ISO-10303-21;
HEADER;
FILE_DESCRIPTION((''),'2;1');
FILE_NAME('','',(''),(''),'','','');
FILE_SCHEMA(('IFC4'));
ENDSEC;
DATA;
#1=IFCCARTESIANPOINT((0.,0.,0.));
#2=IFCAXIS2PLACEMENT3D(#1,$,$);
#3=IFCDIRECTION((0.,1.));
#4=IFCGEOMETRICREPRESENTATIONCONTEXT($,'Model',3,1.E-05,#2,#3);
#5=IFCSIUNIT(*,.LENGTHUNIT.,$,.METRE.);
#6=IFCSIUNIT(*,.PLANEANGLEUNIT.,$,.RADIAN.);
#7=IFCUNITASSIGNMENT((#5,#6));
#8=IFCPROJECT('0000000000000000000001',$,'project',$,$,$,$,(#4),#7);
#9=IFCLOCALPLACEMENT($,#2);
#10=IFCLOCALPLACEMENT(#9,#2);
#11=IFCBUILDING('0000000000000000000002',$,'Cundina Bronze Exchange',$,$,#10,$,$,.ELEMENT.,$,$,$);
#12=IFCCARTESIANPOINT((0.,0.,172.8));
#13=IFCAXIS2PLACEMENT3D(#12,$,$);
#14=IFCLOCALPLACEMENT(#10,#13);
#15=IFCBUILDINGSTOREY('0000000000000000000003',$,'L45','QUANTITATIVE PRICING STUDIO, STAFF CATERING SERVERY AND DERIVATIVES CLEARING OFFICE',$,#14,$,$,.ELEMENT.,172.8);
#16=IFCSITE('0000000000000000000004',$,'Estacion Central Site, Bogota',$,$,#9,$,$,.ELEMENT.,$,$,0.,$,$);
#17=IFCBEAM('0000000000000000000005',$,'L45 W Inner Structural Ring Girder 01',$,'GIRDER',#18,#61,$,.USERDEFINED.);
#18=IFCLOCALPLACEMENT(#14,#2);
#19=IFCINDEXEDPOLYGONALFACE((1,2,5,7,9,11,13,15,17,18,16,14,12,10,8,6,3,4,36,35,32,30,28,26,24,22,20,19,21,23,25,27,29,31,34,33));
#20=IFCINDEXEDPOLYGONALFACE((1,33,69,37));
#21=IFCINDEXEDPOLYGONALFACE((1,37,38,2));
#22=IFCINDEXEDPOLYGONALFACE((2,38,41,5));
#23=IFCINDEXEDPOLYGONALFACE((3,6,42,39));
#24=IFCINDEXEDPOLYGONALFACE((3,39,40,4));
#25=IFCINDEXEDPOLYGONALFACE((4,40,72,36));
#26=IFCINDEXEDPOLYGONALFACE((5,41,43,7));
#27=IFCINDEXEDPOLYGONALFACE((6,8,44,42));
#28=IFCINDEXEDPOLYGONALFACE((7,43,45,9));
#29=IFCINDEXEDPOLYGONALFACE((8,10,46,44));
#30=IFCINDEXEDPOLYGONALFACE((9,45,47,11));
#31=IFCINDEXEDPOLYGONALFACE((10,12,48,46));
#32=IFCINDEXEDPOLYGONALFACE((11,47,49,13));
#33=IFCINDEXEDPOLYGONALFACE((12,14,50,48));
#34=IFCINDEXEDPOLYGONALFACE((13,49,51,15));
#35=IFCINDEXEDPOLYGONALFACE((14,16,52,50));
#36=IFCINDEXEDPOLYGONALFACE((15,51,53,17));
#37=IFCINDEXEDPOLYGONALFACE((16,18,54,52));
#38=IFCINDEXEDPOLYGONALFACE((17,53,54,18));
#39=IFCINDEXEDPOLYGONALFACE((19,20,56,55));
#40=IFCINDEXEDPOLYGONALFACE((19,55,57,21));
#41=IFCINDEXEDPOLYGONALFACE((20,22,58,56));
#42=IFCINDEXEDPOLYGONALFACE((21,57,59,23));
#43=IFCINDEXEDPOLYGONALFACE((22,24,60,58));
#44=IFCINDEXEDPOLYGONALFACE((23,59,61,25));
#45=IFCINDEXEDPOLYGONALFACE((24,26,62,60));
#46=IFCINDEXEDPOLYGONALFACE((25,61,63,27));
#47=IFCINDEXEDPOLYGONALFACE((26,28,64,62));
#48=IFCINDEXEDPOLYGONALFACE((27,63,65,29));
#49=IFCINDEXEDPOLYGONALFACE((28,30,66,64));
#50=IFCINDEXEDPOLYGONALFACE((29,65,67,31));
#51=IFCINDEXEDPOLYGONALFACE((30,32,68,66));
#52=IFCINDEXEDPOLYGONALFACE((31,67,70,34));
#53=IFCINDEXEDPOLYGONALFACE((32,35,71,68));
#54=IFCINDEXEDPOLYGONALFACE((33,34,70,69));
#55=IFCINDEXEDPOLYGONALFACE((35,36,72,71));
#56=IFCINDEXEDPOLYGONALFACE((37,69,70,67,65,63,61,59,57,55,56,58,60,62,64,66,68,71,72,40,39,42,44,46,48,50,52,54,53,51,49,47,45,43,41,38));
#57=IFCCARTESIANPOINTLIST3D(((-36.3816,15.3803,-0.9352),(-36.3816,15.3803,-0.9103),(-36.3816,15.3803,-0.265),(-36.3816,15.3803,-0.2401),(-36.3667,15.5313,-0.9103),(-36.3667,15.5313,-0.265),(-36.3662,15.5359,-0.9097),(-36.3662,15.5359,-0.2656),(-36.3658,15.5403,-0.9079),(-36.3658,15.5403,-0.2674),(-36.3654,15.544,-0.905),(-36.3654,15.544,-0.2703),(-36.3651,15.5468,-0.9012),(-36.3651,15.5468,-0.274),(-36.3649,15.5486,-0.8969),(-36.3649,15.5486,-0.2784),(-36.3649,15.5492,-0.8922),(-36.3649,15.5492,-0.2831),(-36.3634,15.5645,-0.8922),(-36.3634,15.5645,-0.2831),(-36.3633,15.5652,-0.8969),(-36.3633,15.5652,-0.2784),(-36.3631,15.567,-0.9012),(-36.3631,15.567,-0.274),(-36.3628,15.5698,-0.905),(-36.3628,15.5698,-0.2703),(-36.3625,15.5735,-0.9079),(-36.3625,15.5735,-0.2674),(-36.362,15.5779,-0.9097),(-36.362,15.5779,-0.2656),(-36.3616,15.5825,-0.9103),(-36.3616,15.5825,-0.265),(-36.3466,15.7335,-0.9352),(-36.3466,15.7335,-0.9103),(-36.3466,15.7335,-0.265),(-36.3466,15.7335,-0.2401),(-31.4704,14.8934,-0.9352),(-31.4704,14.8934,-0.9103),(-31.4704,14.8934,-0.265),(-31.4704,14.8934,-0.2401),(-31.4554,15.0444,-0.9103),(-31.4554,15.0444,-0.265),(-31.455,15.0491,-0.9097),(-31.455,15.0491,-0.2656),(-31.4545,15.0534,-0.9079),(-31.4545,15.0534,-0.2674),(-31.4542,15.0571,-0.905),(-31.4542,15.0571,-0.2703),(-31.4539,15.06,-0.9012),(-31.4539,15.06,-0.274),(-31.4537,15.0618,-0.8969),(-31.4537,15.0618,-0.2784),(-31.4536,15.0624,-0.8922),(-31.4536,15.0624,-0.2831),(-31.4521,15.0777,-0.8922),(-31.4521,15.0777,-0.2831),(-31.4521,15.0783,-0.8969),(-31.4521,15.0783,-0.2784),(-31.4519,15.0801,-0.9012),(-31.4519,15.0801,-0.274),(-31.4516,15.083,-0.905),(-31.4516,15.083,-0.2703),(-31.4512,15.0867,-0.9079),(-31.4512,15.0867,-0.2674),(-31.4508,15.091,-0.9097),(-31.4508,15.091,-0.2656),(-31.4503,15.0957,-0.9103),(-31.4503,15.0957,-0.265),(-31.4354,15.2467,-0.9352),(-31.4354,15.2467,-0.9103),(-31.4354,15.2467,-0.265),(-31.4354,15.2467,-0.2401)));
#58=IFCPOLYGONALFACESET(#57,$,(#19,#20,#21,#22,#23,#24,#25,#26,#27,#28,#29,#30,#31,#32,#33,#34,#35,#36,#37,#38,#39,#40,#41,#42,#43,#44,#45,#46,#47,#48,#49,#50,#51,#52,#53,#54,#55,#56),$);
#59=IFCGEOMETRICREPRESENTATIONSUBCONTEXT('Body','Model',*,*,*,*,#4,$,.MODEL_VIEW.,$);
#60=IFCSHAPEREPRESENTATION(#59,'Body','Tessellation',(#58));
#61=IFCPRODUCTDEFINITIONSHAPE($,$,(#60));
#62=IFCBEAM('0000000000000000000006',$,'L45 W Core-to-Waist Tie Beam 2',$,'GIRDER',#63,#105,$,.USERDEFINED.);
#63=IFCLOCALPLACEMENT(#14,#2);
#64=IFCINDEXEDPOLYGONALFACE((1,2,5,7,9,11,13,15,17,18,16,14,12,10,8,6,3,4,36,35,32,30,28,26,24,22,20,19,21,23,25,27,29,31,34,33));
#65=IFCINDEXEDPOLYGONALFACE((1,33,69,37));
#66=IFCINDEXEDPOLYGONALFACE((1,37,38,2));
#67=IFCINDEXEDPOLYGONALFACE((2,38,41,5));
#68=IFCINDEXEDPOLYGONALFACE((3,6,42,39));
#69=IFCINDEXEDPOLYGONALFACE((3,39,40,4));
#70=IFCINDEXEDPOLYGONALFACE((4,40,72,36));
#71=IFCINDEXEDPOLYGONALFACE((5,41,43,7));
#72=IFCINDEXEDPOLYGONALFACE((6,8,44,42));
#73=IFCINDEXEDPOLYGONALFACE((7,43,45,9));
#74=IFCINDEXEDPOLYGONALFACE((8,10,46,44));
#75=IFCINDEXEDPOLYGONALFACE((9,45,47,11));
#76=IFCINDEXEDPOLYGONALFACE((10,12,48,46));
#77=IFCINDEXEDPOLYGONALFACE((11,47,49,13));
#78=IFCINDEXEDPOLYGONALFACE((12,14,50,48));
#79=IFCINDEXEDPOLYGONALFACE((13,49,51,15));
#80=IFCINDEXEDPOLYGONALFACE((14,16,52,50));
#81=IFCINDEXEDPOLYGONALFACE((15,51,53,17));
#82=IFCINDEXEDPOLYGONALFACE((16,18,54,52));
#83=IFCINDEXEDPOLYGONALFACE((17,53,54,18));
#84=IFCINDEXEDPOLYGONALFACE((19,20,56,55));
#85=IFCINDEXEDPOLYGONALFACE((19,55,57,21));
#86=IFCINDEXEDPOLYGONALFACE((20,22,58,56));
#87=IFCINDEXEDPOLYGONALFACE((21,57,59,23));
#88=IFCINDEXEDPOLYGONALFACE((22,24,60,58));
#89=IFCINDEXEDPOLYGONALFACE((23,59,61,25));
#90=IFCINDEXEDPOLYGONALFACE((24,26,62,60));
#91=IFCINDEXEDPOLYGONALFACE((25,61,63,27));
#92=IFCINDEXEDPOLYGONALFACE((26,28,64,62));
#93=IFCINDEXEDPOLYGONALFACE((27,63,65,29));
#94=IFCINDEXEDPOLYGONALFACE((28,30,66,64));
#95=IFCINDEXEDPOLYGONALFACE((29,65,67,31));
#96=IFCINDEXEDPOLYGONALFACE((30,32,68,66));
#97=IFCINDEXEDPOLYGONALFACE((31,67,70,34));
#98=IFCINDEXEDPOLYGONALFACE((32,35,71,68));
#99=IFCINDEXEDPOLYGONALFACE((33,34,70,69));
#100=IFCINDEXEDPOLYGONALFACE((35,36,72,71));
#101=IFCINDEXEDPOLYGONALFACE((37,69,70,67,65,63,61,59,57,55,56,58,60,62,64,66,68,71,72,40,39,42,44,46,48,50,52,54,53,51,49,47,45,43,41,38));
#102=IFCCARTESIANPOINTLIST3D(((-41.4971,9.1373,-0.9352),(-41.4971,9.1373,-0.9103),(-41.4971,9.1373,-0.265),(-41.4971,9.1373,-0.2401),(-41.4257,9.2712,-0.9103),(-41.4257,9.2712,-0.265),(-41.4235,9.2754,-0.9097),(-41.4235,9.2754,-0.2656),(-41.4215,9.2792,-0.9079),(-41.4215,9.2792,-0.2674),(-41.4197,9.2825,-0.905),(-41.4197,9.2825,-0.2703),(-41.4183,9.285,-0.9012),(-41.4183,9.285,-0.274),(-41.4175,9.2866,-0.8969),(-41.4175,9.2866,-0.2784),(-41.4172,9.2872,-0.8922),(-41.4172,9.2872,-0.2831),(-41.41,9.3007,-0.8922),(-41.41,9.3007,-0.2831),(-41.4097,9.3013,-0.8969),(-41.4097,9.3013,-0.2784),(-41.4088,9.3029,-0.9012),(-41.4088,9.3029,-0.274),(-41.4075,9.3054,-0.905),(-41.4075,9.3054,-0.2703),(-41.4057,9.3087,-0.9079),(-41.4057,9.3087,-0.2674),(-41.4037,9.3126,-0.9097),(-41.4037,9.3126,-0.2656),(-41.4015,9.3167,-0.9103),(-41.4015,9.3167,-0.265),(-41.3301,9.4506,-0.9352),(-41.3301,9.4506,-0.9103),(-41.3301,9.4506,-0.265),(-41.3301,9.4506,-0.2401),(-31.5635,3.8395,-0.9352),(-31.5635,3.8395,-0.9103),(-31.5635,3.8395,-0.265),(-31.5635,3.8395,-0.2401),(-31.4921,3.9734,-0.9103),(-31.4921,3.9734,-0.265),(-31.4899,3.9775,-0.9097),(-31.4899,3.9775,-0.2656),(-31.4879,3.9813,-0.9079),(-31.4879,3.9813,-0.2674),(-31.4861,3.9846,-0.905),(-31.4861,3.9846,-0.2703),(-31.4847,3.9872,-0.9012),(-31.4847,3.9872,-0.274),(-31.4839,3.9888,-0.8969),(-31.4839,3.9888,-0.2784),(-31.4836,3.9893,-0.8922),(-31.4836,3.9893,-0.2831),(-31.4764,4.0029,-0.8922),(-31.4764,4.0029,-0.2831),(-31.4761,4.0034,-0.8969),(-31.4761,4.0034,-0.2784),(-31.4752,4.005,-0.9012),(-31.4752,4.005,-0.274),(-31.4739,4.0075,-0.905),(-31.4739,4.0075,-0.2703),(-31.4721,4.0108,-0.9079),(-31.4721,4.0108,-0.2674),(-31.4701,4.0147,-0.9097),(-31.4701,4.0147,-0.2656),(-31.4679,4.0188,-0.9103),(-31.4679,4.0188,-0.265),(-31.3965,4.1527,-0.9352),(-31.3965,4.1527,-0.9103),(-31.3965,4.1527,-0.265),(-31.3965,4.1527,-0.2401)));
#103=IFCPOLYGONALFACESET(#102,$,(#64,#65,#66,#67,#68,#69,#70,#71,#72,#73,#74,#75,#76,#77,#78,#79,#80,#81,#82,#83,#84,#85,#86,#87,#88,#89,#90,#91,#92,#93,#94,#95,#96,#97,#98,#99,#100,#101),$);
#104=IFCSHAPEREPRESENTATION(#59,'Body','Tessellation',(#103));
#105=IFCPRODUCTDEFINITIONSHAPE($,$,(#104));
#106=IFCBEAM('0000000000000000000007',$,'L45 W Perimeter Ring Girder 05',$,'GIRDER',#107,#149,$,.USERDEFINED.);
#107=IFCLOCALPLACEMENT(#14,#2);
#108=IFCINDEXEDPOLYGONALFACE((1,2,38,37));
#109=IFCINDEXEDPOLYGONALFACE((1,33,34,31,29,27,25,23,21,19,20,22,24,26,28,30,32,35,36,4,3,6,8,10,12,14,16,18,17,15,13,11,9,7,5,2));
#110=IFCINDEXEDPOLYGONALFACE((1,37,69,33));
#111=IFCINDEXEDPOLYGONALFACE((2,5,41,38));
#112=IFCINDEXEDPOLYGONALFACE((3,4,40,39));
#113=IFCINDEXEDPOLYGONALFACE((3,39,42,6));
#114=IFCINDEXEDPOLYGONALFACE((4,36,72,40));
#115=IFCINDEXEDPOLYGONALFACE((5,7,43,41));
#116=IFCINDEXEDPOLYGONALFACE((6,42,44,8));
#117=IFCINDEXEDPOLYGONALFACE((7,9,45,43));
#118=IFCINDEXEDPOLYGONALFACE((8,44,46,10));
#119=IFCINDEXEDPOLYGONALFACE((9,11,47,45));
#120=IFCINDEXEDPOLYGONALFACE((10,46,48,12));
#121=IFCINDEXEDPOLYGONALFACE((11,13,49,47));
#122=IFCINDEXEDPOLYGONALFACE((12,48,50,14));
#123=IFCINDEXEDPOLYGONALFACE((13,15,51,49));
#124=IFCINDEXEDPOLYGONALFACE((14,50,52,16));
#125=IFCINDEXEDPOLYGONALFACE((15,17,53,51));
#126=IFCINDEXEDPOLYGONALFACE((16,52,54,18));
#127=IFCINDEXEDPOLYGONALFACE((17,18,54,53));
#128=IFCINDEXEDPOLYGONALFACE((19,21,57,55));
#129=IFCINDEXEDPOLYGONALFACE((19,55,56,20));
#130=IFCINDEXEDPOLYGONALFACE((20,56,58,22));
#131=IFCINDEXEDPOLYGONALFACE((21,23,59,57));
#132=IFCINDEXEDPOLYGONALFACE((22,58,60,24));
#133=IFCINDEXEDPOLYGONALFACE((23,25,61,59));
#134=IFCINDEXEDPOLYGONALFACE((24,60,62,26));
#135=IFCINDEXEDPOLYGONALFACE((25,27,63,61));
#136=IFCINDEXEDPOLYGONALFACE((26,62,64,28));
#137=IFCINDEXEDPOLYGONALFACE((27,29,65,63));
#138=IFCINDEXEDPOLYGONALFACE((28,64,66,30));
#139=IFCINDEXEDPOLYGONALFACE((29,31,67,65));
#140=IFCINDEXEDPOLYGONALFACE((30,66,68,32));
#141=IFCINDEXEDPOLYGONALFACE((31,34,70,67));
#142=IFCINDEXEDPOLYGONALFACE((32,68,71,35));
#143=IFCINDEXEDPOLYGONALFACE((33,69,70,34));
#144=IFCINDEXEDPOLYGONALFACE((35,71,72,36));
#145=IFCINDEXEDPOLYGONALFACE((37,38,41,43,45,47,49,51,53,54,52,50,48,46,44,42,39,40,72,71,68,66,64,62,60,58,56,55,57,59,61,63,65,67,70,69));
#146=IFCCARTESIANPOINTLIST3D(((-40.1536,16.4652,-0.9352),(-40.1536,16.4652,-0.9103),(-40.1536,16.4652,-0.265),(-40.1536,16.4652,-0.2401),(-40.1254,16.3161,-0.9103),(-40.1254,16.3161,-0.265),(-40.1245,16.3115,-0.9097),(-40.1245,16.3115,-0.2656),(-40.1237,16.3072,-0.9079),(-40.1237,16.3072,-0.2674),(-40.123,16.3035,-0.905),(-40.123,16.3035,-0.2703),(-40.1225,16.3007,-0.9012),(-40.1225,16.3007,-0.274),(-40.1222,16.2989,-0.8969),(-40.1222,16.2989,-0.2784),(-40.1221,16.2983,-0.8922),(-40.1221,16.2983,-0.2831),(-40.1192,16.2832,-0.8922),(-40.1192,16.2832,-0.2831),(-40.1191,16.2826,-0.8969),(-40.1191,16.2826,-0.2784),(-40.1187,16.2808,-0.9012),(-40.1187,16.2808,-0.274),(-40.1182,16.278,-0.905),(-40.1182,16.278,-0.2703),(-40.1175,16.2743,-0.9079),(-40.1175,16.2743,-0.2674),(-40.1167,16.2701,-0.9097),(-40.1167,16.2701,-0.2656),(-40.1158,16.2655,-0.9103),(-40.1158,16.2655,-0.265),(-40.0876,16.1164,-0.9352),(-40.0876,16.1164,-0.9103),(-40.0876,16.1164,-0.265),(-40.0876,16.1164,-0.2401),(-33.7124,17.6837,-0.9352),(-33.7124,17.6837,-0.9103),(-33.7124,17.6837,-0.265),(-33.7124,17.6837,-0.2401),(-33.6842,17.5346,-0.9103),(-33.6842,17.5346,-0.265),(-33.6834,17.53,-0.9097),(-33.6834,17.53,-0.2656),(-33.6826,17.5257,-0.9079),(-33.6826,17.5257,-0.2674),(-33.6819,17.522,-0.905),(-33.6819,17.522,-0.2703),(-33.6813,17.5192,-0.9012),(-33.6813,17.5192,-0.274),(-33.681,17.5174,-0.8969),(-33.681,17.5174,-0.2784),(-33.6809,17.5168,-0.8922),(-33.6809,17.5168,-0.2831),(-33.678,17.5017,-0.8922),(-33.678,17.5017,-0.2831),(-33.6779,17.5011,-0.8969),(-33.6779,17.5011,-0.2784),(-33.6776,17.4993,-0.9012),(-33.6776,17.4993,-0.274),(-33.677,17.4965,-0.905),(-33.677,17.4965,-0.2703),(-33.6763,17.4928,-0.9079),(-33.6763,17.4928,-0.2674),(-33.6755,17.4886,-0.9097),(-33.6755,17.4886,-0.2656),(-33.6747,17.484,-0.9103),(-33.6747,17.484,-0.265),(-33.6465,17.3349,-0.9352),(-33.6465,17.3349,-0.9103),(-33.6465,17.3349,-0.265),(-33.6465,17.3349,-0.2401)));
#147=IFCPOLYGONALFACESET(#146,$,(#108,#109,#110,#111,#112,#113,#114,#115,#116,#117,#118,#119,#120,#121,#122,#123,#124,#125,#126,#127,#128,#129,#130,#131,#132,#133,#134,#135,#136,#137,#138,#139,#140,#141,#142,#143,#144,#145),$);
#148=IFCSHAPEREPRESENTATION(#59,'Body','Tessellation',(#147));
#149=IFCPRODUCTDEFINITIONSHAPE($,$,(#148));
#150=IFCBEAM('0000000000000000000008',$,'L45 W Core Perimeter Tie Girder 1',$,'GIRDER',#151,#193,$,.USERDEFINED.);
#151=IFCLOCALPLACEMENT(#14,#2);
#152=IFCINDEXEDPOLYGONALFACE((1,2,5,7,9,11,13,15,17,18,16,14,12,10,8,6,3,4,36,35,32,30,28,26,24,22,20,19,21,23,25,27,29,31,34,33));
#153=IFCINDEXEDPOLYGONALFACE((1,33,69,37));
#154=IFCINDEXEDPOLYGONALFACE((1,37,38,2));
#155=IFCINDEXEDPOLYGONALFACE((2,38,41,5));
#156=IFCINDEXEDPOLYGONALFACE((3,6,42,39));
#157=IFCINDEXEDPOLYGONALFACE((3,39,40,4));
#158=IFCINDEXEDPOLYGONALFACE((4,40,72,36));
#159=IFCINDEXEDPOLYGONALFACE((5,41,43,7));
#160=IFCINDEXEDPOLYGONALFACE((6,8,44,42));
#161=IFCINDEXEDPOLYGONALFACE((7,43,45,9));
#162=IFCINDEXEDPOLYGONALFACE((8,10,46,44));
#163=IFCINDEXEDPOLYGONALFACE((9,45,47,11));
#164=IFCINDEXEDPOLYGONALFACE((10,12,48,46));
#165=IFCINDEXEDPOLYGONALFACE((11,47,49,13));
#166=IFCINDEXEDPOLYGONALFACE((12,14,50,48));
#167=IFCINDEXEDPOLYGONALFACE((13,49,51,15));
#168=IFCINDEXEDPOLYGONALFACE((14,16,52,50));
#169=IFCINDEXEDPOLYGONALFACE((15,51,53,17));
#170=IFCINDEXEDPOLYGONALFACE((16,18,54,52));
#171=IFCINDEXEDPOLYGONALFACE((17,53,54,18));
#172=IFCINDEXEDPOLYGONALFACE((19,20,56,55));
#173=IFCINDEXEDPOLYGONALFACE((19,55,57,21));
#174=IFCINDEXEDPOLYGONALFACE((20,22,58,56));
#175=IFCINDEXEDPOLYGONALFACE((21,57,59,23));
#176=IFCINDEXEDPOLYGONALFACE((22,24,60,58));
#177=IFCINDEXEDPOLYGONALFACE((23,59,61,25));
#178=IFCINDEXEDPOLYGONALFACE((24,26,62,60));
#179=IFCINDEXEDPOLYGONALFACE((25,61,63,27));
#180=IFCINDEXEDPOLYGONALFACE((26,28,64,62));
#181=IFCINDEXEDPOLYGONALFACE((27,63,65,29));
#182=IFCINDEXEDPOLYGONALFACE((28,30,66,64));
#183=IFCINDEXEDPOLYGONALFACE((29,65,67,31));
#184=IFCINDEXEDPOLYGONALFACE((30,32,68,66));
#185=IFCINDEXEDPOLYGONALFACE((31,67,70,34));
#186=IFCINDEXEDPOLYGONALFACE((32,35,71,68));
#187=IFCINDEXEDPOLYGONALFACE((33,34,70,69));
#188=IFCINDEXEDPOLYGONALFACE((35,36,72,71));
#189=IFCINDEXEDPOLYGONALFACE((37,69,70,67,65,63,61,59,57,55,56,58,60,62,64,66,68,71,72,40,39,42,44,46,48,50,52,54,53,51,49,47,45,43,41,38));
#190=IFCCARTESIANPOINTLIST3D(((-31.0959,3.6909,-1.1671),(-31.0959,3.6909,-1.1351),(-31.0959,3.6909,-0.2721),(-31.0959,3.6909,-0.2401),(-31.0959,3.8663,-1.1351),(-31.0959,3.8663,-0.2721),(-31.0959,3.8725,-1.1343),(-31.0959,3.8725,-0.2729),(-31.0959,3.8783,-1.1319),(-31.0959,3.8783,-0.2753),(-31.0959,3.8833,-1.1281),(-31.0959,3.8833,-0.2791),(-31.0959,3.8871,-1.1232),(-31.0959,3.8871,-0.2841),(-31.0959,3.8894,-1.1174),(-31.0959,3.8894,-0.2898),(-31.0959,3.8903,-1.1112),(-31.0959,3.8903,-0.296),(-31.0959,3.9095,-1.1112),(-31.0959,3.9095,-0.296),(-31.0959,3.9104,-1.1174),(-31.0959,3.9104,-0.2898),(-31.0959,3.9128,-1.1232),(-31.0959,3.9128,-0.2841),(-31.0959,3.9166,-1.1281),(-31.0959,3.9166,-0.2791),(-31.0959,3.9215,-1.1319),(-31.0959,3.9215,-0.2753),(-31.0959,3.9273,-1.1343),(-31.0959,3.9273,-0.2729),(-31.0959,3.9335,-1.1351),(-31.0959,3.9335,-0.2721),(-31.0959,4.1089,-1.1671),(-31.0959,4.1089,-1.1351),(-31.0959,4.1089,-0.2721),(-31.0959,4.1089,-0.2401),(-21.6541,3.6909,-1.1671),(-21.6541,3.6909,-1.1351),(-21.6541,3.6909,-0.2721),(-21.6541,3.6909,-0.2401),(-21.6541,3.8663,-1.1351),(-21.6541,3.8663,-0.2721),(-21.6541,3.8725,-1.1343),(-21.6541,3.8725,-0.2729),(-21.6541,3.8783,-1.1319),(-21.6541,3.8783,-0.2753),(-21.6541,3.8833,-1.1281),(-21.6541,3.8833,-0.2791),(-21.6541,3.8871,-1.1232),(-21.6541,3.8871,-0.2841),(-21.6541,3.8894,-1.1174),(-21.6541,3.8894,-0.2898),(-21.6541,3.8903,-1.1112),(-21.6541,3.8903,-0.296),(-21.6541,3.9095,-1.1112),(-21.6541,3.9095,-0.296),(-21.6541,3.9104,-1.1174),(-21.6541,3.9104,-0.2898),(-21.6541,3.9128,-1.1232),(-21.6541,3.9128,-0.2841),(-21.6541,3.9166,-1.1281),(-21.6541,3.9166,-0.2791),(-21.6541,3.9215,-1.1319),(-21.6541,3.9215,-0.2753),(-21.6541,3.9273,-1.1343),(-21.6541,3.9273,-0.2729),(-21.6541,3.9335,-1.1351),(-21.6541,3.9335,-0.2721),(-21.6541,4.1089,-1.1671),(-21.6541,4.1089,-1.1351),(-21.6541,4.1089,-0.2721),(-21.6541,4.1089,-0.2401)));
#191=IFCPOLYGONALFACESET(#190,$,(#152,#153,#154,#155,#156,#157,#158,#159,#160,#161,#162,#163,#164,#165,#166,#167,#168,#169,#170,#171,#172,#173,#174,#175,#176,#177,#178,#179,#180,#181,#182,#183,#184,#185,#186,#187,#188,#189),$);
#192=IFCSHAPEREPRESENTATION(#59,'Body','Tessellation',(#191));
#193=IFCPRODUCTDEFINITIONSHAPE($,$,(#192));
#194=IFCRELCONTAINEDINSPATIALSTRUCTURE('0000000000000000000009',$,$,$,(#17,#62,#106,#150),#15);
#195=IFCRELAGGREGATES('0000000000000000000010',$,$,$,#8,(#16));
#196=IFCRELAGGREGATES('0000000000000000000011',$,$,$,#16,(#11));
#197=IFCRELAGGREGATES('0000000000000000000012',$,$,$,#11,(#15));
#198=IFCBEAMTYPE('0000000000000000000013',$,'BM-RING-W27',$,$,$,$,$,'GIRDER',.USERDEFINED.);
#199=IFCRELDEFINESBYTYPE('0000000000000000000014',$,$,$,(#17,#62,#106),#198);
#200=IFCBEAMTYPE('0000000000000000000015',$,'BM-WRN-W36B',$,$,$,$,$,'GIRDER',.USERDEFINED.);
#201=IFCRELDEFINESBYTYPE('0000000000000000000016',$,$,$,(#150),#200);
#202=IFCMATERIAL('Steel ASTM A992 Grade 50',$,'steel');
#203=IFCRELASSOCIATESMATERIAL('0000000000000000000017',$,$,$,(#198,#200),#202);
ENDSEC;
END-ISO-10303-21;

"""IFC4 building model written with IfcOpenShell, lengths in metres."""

from ifc_helpers import new_model, si_unit, direction, frame, origin, origin_2d, place, context, subcontext, project, spatial, i_section, extrude, material, material_profile, profile_set, type_object, element, save


model = new_model("IFC4")

# Units and contexts
model_context = context("Model", 3, precision=1e-05, world=origin(), true_north=direction((0.0, 1.0)))
body_context = subcontext(model_context, "Body", "Model", "MODEL_VIEW")
ifc_project = project(units=[si_unit("LENGTHUNIT", "METRE"), si_unit("PLANEANGLEUNIT", "RADIAN")], contexts=[model_context])

# Site, building, storey
site_placement = place(None, origin())
site = spatial("IfcSite", under=ifc_project, at=site_placement, Name="Estacion Central Site, Bogota", CompositionType="ELEMENT", RefElevation=0.0)
building_placement = place(site_placement, origin())
building = spatial("IfcBuilding", under=site, at=building_placement, Name="Cundina Bronze Exchange", CompositionType="ELEMENT")
storey_placement = place(building_placement, frame((0.0, 0.0, 172.8)))
storey = spatial("IfcBuildingStorey", under=building, at=storey_placement, Name="L45", Description="QUANTITATIVE PRICING STUDIO, STAFF CATERING SERVERY AND DERIVATIVES CLEARING OFFICE", CompositionType="ELEMENT", Elevation=172.8)

# Shared definitions
ifc_material_1 = material(Name="Steel ASTM A992 Grade 50", Category="steel")

# Beams
ifc_material_profile_1 = material_profile(ifc_material_1, i_section(OverallWidth=0.355, OverallDepth=0.6951, WebThickness=0.0154, FlangeThickness=0.0249, FilletRadius=0.0181, at=origin_2d()), Name="W27X146", Category="steel")
ifc_profile_set_1 = profile_set([ifc_material_profile_1], Name="Steel ASTM A992 Grade 50")
beam_type_1 = type_object("IfcBeamType", Name="BM-RING-W27", ElementType="GIRDER", PredefinedType="USERDEFINED", material=ifc_profile_set_1)
beam_1_placement = place(storey_placement, frame((-31.4529, 15.0701, -0.5876), z_axis=(-0.995123, 0.098642, 0.0), x_axis=(-0.098642, -0.995123, 0.0)))
element("IfcBeam", 1, at=beam_1_placement, inside=storey, type_object=beam_type_1, Name="L45 W Inner Structural Ring Girder 01", ObjectType="GIRDER", PredefinedType="USERDEFINED", context=body_context, shape_type="SweptSolid", body=[
    extrude(i_section(OverallWidth=0.355, OverallDepth=0.6951, WebThickness=0.0154, FlangeThickness=0.0249, FilletRadius=0.0181, at=origin_2d()), origin(), (0.0, 0.0, 1.0), 4.9353),
])
beam_2_placement = place(storey_placement, frame((-31.48, 3.9961, -0.5876), z_axis=(-0.882355, 0.470584, 0.0), x_axis=(-0.470584, -0.882355, 0.0)))
element("IfcBeam", 2, at=beam_2_placement, inside=storey, type_object=beam_type_1, Name="L45 W Core-to-Waist Tie Beam 2", ObjectType="GIRDER", PredefinedType="USERDEFINED", context=body_context, shape_type="SweptSolid", body=[
    extrude(i_section(OverallWidth=0.355, OverallDepth=0.6951, WebThickness=0.0154, FlangeThickness=0.0249, FilletRadius=0.0181, at=origin_2d()), origin(), (0.0, 0.0, 1.0), 11.2581),
])
beam_3_placement = place(storey_placement, frame((-33.6794, 17.5093, -0.5876), z_axis=(-0.982573, -0.185878, 0.0), x_axis=(0.185878, -0.982573, 0.0)))
element("IfcBeam", 3, at=beam_3_placement, inside=storey, type_object=beam_type_1, Name="L45 W Perimeter Ring Girder 05", ObjectType="GIRDER", PredefinedType="USERDEFINED", context=body_context, shape_type="SweptSolid", body=[
    extrude(i_section(OverallWidth=0.355, OverallDepth=0.6951, WebThickness=0.0154, FlangeThickness=0.0249, FilletRadius=0.0181, at=origin_2d()), origin(), (0.0, 0.0, 1.0), 6.5554),
])
ifc_material_profile_2 = material_profile(ifc_material_1, i_section(OverallWidth=0.418, OverallDepth=0.927, WebThickness=0.0193, FlangeThickness=0.032, FilletRadius=0.0239, at=origin_2d()), Name="W36X231", Category="steel")
ifc_profile_set_2 = profile_set([ifc_material_profile_2], Name="Steel ASTM A992 Grade 50")
beam_type_2 = type_object("IfcBeamType", Name="BM-WRN-W36B", ElementType="GIRDER", PredefinedType="USERDEFINED", material=ifc_profile_set_2)
beam_4_placement = place(storey_placement, frame((-31.0959, 3.8999, -0.7036), z_axis=(1.0, 0.0, 0.0), x_axis=(0.0, 1.0, 0.0)))
element("IfcBeam", 4, at=beam_4_placement, inside=storey, type_object=beam_type_2, Name="L45 W Core Perimeter Tie Girder 1", ObjectType="GIRDER", PredefinedType="USERDEFINED", context=body_context, shape_type="SweptSolid", body=[
    extrude(i_section(OverallWidth=0.418, OverallDepth=0.927, WebThickness=0.0193, FlangeThickness=0.032, FilletRadius=0.0239, at=origin_2d()), origin(), (0.0, 0.0, 1.0), 9.4419),
])

save(model, "model.ifc")
